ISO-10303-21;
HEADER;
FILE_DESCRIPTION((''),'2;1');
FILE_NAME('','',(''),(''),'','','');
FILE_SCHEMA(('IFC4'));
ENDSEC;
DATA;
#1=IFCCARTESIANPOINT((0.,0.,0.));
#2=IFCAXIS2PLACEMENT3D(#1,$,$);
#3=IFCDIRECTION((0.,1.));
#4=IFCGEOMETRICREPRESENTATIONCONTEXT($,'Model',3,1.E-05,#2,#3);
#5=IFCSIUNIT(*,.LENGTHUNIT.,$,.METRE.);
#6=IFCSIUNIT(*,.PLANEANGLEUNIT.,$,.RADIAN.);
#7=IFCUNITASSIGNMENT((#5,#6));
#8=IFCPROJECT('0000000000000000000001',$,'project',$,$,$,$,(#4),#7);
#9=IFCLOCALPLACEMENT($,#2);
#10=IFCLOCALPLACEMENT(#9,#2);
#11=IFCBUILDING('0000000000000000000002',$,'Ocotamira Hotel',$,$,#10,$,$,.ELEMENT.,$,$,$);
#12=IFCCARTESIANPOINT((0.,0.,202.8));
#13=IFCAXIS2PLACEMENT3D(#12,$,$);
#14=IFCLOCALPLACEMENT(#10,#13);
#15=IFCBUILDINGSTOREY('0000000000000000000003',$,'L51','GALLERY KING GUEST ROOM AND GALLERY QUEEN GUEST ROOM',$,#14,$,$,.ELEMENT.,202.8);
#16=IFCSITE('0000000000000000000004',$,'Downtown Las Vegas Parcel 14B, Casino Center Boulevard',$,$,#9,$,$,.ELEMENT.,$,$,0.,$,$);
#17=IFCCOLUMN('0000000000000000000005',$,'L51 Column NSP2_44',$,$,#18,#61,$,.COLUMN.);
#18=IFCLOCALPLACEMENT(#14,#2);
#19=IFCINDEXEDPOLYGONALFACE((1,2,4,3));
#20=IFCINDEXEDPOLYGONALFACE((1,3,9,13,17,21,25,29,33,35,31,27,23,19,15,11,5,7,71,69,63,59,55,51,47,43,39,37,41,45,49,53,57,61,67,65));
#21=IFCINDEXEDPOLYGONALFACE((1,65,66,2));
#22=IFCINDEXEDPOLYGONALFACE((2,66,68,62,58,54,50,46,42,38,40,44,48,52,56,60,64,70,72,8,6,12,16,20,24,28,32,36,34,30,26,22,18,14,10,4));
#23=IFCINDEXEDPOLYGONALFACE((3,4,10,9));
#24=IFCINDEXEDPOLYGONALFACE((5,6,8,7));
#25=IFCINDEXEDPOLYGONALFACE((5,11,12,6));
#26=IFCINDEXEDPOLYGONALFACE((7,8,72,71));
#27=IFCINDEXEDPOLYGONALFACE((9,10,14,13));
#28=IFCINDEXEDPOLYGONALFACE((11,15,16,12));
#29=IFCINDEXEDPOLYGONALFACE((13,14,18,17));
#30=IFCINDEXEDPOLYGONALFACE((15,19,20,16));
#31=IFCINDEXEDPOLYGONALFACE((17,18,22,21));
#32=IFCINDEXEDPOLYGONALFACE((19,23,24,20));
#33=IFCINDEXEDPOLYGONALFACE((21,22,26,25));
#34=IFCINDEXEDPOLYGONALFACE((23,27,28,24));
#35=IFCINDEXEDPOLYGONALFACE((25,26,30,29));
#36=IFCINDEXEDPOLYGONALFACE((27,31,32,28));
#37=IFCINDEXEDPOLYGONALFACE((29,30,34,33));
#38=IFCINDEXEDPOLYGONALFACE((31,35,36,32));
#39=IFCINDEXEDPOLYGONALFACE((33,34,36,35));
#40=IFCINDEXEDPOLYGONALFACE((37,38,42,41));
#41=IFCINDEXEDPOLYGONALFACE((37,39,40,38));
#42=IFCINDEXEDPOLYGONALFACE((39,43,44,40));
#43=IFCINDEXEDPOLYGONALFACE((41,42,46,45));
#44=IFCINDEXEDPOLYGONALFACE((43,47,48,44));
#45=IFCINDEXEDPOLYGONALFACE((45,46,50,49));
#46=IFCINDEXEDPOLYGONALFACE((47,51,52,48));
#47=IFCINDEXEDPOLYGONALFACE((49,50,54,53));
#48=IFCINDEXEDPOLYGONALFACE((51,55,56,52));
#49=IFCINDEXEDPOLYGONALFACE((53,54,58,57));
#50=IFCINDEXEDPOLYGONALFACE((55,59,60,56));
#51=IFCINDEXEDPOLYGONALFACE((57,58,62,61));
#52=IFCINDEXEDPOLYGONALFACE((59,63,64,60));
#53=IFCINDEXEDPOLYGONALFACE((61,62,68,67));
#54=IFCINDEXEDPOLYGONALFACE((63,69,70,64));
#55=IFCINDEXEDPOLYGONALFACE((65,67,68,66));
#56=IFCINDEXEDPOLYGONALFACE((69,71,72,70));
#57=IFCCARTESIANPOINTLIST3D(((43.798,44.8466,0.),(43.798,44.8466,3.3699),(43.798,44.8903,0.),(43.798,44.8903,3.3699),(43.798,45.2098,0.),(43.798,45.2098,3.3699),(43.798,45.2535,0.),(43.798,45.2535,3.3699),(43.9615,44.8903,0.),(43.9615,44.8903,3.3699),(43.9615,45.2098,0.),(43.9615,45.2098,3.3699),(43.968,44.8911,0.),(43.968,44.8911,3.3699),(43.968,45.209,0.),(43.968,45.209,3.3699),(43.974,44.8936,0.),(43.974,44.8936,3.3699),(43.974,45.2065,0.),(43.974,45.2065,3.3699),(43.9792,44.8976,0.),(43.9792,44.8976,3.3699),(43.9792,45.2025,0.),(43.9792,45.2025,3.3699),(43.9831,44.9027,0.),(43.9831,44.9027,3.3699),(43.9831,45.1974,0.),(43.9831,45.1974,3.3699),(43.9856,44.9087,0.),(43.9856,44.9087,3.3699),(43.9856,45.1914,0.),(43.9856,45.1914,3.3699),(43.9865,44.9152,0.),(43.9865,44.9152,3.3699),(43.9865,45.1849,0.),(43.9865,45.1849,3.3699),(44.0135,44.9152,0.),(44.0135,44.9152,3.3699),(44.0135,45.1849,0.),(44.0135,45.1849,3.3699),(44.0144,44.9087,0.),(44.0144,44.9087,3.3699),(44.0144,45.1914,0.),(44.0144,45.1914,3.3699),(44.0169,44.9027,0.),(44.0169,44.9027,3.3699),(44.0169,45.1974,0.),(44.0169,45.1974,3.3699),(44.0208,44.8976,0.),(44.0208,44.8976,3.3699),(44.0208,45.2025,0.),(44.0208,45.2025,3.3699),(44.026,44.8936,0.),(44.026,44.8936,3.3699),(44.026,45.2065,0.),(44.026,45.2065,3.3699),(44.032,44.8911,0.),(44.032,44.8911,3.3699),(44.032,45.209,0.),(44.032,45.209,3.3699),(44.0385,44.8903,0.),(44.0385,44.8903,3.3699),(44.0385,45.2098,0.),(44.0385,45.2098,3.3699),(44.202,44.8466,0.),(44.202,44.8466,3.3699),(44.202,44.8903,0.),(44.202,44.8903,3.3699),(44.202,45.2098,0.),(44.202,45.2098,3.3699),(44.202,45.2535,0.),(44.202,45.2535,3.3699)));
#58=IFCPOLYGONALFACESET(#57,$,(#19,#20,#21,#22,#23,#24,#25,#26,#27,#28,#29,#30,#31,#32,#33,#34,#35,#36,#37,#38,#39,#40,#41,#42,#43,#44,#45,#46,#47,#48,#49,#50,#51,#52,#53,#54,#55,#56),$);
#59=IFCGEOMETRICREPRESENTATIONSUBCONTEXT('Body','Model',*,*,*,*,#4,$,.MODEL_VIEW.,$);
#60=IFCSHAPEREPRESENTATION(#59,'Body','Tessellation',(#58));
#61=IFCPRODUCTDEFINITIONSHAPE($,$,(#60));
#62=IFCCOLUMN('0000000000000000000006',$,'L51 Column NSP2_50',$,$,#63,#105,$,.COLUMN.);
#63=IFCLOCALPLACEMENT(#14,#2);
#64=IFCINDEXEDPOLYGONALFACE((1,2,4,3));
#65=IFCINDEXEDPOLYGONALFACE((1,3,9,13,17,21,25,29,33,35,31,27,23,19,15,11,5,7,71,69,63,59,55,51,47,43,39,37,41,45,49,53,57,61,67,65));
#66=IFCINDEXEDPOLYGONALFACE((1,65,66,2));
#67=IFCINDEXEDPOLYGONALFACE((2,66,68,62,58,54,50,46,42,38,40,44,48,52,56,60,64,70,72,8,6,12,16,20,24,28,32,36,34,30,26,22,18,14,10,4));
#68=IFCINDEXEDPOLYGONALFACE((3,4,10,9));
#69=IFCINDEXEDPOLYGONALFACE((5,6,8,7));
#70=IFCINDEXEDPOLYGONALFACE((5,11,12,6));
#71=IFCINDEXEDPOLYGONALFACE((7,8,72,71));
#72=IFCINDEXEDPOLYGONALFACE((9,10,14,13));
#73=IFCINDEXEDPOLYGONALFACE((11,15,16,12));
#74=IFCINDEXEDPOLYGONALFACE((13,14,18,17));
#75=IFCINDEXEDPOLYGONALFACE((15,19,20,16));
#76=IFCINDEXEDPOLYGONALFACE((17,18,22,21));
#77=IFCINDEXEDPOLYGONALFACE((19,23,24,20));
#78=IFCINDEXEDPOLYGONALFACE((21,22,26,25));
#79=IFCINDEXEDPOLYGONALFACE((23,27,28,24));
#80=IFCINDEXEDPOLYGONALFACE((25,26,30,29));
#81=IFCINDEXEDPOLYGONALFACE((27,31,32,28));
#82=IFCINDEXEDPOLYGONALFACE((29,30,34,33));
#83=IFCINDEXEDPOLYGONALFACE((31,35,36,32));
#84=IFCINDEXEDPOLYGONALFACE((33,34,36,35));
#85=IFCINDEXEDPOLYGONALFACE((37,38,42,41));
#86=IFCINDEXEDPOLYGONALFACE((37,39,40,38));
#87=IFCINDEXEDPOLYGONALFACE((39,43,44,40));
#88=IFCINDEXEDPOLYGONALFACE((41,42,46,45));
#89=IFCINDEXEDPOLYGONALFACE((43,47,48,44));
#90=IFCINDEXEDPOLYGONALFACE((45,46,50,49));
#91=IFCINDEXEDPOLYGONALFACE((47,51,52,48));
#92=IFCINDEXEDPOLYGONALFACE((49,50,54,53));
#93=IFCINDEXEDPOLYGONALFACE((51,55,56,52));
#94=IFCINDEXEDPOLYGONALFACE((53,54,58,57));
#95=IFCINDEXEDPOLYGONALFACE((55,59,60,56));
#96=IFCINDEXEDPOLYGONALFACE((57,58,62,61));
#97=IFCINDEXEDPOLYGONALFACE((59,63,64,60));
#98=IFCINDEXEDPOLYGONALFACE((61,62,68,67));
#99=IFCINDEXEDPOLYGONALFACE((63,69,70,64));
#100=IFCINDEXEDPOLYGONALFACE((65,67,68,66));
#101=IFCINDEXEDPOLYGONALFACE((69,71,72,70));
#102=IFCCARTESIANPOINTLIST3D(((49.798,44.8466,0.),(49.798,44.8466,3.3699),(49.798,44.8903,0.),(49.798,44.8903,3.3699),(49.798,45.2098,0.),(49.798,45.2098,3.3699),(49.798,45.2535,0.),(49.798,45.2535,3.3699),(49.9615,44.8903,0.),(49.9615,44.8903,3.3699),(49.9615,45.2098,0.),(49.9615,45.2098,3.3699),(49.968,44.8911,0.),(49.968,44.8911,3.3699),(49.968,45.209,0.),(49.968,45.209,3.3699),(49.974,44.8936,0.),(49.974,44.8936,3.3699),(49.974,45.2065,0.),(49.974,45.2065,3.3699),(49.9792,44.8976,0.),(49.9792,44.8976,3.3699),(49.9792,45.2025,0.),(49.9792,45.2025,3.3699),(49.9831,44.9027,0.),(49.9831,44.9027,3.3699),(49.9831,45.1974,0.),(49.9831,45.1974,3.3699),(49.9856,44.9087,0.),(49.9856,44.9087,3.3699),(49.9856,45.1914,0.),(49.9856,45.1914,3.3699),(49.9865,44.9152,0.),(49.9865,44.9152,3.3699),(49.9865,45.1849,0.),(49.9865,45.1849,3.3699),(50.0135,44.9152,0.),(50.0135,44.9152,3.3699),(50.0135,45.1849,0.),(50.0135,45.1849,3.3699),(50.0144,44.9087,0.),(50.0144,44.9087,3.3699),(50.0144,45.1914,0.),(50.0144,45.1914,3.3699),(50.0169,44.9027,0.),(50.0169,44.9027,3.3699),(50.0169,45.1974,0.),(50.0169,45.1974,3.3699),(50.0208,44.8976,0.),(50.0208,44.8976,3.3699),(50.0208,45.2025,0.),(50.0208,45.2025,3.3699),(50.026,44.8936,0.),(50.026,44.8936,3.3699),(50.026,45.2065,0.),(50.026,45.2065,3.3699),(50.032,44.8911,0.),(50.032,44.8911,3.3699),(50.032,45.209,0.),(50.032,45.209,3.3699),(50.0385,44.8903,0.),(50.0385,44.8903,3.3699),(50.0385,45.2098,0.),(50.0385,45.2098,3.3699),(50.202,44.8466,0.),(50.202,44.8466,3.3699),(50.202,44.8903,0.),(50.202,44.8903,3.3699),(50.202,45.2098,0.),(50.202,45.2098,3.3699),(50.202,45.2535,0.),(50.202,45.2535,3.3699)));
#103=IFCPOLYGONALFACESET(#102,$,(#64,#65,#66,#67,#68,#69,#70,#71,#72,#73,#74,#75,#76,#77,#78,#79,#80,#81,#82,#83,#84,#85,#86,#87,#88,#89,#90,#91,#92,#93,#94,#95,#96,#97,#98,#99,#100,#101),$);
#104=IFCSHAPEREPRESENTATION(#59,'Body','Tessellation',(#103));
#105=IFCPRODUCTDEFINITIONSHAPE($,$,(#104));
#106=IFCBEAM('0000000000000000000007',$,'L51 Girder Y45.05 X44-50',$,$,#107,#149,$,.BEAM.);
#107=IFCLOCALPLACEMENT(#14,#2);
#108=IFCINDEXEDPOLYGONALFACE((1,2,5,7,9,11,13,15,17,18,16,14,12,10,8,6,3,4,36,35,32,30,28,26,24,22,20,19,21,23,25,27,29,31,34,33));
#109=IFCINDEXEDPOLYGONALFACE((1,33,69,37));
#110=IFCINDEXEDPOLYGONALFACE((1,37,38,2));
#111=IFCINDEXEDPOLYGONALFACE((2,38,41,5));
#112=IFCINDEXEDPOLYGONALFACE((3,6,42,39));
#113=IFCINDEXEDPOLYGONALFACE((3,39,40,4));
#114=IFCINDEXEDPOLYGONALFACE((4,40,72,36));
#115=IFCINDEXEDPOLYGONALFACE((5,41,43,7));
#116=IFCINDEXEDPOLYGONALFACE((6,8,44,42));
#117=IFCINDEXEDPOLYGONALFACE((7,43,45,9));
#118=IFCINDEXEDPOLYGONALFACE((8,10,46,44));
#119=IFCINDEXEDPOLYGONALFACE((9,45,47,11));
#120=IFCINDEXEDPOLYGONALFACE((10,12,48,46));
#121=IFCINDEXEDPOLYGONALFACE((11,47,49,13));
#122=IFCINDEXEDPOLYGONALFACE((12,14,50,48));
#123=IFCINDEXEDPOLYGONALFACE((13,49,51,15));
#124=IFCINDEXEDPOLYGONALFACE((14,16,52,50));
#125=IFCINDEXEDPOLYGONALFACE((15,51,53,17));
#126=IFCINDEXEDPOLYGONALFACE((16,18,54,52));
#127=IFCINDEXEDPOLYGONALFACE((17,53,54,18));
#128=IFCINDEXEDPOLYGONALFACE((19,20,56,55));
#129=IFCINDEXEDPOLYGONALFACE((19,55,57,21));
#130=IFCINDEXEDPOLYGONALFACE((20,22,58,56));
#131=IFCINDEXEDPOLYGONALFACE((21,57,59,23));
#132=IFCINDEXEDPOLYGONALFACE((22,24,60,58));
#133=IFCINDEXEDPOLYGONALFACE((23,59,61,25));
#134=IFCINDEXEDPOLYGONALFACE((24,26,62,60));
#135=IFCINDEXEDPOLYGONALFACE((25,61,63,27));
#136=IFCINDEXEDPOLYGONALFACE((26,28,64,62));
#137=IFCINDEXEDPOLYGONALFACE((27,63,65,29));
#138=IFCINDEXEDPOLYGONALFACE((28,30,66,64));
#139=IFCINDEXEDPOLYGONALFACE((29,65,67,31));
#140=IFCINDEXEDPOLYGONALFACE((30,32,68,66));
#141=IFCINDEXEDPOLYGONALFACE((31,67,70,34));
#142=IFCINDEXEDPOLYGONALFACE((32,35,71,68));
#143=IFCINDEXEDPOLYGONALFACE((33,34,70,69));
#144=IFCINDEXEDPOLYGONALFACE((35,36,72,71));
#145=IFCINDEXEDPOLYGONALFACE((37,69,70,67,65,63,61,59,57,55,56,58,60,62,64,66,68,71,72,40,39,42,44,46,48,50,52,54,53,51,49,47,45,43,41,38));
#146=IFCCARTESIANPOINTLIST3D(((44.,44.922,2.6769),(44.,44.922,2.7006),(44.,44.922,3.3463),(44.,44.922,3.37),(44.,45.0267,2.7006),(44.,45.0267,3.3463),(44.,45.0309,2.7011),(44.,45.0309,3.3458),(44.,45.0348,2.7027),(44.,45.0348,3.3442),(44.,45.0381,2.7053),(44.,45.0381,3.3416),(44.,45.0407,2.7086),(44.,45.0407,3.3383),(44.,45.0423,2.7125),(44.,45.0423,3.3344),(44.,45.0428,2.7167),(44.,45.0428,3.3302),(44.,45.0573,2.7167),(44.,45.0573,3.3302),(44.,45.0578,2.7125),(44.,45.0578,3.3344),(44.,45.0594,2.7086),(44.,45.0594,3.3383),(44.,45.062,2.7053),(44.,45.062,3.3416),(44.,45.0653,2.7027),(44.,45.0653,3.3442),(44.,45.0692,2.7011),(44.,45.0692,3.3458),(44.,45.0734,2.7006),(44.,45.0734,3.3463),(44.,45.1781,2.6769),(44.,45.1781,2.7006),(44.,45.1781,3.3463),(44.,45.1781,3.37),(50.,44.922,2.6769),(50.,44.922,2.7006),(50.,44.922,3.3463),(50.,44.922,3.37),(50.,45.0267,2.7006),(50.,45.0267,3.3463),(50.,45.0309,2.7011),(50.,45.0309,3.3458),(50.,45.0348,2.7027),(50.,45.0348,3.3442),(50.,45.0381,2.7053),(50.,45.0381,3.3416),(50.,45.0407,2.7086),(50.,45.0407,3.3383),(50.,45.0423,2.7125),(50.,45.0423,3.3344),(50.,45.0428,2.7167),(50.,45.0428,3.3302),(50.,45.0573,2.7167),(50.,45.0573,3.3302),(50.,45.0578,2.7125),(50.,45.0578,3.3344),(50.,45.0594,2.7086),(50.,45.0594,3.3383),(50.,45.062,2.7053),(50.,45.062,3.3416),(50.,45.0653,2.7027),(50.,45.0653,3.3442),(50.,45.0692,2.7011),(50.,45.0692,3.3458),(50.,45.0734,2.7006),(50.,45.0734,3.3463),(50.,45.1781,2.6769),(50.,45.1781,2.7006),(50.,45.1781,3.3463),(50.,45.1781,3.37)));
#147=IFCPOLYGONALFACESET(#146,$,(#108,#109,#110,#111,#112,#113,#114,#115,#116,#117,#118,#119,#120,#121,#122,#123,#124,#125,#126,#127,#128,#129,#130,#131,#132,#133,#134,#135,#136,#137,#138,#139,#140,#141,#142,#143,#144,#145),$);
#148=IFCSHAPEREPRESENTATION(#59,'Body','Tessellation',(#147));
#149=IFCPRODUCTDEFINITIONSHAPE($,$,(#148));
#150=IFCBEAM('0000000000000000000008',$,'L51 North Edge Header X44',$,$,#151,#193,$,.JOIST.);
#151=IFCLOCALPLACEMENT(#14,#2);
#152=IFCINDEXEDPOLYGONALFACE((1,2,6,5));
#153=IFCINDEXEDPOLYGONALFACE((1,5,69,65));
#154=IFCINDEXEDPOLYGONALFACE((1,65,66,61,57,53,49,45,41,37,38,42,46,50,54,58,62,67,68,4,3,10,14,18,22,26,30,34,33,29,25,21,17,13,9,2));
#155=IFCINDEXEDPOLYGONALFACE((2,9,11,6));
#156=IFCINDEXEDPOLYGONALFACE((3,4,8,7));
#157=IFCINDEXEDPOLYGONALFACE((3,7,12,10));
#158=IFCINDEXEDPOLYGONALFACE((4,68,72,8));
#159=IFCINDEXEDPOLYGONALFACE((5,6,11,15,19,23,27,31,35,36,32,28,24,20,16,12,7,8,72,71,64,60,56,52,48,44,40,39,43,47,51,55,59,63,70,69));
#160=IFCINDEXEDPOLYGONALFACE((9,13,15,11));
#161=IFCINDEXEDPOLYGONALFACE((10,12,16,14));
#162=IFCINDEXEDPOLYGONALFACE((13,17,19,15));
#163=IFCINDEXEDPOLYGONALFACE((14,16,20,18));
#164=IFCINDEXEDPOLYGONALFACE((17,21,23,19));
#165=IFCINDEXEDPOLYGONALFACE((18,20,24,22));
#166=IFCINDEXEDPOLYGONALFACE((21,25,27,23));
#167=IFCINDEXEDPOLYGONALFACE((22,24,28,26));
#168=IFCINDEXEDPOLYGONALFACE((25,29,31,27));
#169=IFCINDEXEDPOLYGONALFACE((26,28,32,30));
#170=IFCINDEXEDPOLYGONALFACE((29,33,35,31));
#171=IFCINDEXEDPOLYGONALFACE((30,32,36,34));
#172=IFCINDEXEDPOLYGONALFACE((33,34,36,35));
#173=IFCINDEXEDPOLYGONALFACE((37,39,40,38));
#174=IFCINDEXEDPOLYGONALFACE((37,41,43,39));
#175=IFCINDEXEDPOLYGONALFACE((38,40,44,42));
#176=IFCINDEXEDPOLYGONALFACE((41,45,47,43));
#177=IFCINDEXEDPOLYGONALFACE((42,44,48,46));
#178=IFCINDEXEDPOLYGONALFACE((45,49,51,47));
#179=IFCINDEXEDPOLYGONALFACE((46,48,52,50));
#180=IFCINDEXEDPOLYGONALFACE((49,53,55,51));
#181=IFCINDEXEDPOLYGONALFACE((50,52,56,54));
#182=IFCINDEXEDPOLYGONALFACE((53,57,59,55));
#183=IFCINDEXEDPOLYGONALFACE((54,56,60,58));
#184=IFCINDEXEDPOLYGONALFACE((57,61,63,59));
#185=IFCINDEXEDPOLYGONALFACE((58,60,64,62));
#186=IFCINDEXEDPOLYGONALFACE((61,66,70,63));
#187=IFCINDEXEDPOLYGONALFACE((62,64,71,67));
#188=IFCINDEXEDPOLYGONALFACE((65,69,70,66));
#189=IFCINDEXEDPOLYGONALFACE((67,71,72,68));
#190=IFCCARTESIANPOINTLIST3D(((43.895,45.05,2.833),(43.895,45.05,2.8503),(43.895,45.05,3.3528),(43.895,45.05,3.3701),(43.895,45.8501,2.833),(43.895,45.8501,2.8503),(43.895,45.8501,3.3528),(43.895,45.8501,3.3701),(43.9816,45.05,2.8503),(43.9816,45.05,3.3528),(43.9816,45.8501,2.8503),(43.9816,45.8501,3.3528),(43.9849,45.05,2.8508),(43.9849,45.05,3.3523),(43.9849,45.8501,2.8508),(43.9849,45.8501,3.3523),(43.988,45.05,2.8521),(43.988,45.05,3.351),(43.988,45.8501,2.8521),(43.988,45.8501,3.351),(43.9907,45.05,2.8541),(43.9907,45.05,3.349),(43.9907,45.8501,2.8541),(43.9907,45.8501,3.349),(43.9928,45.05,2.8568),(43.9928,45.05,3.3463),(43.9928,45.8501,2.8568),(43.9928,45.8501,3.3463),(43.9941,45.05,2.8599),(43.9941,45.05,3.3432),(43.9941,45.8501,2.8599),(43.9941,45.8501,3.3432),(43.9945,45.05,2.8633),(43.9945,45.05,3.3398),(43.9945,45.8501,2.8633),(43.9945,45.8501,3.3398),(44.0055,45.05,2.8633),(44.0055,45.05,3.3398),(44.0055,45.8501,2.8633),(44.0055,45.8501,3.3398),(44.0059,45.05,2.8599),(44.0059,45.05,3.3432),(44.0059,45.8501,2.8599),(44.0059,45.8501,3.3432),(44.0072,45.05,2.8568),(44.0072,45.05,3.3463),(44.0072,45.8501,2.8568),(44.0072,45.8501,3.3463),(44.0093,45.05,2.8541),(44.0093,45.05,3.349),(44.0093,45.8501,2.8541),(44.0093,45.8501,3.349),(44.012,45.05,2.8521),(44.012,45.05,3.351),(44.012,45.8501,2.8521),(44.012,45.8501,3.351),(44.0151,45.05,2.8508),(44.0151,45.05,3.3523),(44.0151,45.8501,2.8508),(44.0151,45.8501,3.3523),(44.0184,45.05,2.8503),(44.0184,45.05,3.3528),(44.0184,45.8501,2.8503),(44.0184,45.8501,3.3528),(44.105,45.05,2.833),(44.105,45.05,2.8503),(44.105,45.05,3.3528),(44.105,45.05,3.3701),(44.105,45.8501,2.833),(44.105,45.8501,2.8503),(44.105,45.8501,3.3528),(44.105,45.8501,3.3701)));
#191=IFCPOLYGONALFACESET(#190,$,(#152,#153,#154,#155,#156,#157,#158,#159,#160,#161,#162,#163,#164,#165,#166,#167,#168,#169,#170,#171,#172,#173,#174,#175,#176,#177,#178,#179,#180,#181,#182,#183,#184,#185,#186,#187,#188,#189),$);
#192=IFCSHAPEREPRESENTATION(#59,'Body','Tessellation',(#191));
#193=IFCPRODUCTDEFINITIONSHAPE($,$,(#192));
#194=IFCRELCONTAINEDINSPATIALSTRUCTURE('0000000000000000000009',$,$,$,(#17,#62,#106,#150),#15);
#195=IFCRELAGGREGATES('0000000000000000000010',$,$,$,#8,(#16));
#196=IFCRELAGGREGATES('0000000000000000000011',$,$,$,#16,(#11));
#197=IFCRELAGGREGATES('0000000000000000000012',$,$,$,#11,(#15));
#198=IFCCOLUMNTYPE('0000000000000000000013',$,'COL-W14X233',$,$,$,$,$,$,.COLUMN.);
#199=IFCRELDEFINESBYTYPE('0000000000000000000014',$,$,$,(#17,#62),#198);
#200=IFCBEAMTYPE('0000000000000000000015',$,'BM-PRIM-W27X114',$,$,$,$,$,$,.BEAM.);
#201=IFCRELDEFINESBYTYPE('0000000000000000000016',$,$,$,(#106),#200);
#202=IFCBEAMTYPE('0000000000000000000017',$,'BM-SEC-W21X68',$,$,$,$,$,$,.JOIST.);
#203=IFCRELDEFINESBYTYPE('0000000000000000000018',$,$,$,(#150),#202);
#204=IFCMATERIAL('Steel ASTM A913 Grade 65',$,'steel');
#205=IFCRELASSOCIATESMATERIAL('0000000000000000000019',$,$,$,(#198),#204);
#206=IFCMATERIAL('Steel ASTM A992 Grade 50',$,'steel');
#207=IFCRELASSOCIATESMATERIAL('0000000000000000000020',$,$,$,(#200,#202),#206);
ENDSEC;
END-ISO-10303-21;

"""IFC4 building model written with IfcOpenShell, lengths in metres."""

from ifc_helpers import new_model, si_unit, direction, frame, origin, origin_2d, place, context, subcontext, project, spatial, i_section, extrude, source, transform, mapped, material, material_profile, profile_set, type_object, element, save


model = new_model("IFC4")

# Units and contexts
model_context = context("Model", 3, precision=1e-05, world=origin(), true_north=direction((0.0, 1.0)))
body_context = subcontext(model_context, "Body", "Model", "MODEL_VIEW")
ifc_project = project(units=[si_unit("LENGTHUNIT", "METRE"), si_unit("PLANEANGLEUNIT", "RADIAN")], contexts=[model_context])

# Site, building, storey
site_placement = place(None, origin())
site = spatial("IfcSite", under=ifc_project, at=site_placement, Name="Downtown Las Vegas Parcel 14B, Casino Center Boulevard", CompositionType="ELEMENT", RefElevation=0.0)
building_placement = place(site_placement, origin())
building = spatial("IfcBuilding", under=site, at=building_placement, Name="Ocotamira Hotel", CompositionType="ELEMENT")
storey_placement = place(building_placement, frame((0.0, 0.0, 202.8)))
storey = spatial("IfcBuildingStorey", under=building, at=storey_placement, Name="L51", Description="GALLERY KING GUEST ROOM AND GALLERY QUEEN GUEST ROOM", CompositionType="ELEMENT", Elevation=202.8)

# Columns
ifc_material_1 = material(Name="Steel ASTM A913 Grade 65", Category="steel")
ifc_material_profile_1 = material_profile(ifc_material_1, i_section(OverallWidth=0.4041, OverallDepth=0.407, WebThickness=0.0271, FlangeThickness=0.0437, FilletRadius=0.0249, at=origin_2d()), Name="W14X233")
ifc_profile_set_1 = profile_set([ifc_material_profile_1], Name="Steel ASTM A913 Grade 65")
column_type = type_object("IfcColumnType", Name="COL-W14X233", PredefinedType="COLUMN", material=ifc_profile_set_1)
shared_shape_1 = source(origin(), body_context, "Body", "SweptSolid", [
    extrude(i_section(OverallWidth=0.4041, OverallDepth=0.407, WebThickness=0.0271, FlangeThickness=0.0437, FilletRadius=0.0249, at=origin_2d()), origin(), (0.0, 0.0, 1.0), 3.3699),
])
for number, where, z_axis, x_axis, name in (
    (1, (44.0, 45.05, 0.0), (0.0, 0.0, 1.0), (1.0, 0.0, 0.0), "L51 Column NSP2_44"),
    (2, (50.0, 45.05, 0.0), (0.0, 0.0, 1.0), (1.0, 0.0, 0.0), "L51 Column NSP2_50"),
):
    element("IfcColumn", number, at=place(storey_placement, frame(where, z_axis=z_axis, x_axis=x_axis)), inside=storey, type_object=column_type, Name=name, PredefinedType="COLUMN", context=body_context, shape_type="MappedRepresentation", body=[
        mapped(shared_shape_1, transform((0.0, 0.0, 0.0), scale=1.0)),
    ])

# Beams
ifc_material_2 = material(Name="Steel ASTM A992 Grade 50", Category="steel")
ifc_material_profile_2 = material_profile(ifc_material_2, i_section(OverallWidth=0.2561, OverallDepth=0.6931, WebThickness=0.0144, FlangeThickness=0.0237, FilletRadius=0.0161, at=origin_2d()), Name="W27X114")
ifc_profile_set_2 = profile_set([ifc_material_profile_2], Name="Steel ASTM A992 Grade 50")
beam_type_1 = type_object("IfcBeamType", Name="BM-PRIM-W27X114", PredefinedType="BEAM", material=ifc_profile_set_2)
shared_shape_2 = source(origin(), body_context, "Body", "SweptSolid", [
    extrude(i_section(OverallWidth=0.2561, OverallDepth=0.6931, WebThickness=0.0144, FlangeThickness=0.0237, FilletRadius=0.0161, at=origin_2d()), origin(), (0.0, 0.0, 1.0), 6.0),
])
beam_1_placement = place(storey_placement, frame((44.0, 45.05, 3.0234), z_axis=(1.0, 0.0, 0.0), x_axis=(0.0, 1.0, 0.0)))
element("IfcBeam", 3, at=beam_1_placement, inside=storey, type_object=beam_type_1, Name="L51 Girder Y45.05 X44-50", PredefinedType="BEAM", context=body_context, shape_type="MappedRepresentation", body=[
    mapped(shared_shape_2, transform((0.0, 0.0, 0.0), scale=1.0)),
])
ifc_material_profile_3 = material_profile(ifc_material_2, i_section(OverallWidth=0.21, OverallDepth=0.5371, WebThickness=0.011, FlangeThickness=0.0173, FilletRadius=0.0129, at=origin_2d()), Name="W21X68")
ifc_profile_set_3 = profile_set([ifc_material_profile_3], Name="Steel ASTM A992 Grade 50")
beam_type_2 = type_object("IfcBeamType", Name="BM-SEC-W21X68", PredefinedType="JOIST", material=ifc_profile_set_3)
shared_shape_3 = source(origin(), body_context, "Body", "SweptSolid", [
    extrude(i_section(OverallWidth=0.21, OverallDepth=0.5371, WebThickness=0.011, FlangeThickness=0.0173, FilletRadius=0.0129, at=origin_2d()), origin(), (0.0, 0.0, 1.0), 0.8),
])
for number, where, z_axis, x_axis, name in (
    (4, (44.0, 45.05, 3.1016), (0.0, 1.0, 0.0), (-1.0, 0.0, 0.0), "L51 North Edge Header X44"),
):
    element("IfcBeam", number, at=place(storey_placement, frame(where, z_axis=z_axis, x_axis=x_axis)), inside=storey, type_object=beam_type_2, Name=name, PredefinedType="JOIST", context=body_context, shape_type="MappedRepresentation", body=[
        mapped(shared_shape_3, transform((0.0, 0.0, 0.0), scale=1.0)),
    ])

save(model, "model.ifc")
